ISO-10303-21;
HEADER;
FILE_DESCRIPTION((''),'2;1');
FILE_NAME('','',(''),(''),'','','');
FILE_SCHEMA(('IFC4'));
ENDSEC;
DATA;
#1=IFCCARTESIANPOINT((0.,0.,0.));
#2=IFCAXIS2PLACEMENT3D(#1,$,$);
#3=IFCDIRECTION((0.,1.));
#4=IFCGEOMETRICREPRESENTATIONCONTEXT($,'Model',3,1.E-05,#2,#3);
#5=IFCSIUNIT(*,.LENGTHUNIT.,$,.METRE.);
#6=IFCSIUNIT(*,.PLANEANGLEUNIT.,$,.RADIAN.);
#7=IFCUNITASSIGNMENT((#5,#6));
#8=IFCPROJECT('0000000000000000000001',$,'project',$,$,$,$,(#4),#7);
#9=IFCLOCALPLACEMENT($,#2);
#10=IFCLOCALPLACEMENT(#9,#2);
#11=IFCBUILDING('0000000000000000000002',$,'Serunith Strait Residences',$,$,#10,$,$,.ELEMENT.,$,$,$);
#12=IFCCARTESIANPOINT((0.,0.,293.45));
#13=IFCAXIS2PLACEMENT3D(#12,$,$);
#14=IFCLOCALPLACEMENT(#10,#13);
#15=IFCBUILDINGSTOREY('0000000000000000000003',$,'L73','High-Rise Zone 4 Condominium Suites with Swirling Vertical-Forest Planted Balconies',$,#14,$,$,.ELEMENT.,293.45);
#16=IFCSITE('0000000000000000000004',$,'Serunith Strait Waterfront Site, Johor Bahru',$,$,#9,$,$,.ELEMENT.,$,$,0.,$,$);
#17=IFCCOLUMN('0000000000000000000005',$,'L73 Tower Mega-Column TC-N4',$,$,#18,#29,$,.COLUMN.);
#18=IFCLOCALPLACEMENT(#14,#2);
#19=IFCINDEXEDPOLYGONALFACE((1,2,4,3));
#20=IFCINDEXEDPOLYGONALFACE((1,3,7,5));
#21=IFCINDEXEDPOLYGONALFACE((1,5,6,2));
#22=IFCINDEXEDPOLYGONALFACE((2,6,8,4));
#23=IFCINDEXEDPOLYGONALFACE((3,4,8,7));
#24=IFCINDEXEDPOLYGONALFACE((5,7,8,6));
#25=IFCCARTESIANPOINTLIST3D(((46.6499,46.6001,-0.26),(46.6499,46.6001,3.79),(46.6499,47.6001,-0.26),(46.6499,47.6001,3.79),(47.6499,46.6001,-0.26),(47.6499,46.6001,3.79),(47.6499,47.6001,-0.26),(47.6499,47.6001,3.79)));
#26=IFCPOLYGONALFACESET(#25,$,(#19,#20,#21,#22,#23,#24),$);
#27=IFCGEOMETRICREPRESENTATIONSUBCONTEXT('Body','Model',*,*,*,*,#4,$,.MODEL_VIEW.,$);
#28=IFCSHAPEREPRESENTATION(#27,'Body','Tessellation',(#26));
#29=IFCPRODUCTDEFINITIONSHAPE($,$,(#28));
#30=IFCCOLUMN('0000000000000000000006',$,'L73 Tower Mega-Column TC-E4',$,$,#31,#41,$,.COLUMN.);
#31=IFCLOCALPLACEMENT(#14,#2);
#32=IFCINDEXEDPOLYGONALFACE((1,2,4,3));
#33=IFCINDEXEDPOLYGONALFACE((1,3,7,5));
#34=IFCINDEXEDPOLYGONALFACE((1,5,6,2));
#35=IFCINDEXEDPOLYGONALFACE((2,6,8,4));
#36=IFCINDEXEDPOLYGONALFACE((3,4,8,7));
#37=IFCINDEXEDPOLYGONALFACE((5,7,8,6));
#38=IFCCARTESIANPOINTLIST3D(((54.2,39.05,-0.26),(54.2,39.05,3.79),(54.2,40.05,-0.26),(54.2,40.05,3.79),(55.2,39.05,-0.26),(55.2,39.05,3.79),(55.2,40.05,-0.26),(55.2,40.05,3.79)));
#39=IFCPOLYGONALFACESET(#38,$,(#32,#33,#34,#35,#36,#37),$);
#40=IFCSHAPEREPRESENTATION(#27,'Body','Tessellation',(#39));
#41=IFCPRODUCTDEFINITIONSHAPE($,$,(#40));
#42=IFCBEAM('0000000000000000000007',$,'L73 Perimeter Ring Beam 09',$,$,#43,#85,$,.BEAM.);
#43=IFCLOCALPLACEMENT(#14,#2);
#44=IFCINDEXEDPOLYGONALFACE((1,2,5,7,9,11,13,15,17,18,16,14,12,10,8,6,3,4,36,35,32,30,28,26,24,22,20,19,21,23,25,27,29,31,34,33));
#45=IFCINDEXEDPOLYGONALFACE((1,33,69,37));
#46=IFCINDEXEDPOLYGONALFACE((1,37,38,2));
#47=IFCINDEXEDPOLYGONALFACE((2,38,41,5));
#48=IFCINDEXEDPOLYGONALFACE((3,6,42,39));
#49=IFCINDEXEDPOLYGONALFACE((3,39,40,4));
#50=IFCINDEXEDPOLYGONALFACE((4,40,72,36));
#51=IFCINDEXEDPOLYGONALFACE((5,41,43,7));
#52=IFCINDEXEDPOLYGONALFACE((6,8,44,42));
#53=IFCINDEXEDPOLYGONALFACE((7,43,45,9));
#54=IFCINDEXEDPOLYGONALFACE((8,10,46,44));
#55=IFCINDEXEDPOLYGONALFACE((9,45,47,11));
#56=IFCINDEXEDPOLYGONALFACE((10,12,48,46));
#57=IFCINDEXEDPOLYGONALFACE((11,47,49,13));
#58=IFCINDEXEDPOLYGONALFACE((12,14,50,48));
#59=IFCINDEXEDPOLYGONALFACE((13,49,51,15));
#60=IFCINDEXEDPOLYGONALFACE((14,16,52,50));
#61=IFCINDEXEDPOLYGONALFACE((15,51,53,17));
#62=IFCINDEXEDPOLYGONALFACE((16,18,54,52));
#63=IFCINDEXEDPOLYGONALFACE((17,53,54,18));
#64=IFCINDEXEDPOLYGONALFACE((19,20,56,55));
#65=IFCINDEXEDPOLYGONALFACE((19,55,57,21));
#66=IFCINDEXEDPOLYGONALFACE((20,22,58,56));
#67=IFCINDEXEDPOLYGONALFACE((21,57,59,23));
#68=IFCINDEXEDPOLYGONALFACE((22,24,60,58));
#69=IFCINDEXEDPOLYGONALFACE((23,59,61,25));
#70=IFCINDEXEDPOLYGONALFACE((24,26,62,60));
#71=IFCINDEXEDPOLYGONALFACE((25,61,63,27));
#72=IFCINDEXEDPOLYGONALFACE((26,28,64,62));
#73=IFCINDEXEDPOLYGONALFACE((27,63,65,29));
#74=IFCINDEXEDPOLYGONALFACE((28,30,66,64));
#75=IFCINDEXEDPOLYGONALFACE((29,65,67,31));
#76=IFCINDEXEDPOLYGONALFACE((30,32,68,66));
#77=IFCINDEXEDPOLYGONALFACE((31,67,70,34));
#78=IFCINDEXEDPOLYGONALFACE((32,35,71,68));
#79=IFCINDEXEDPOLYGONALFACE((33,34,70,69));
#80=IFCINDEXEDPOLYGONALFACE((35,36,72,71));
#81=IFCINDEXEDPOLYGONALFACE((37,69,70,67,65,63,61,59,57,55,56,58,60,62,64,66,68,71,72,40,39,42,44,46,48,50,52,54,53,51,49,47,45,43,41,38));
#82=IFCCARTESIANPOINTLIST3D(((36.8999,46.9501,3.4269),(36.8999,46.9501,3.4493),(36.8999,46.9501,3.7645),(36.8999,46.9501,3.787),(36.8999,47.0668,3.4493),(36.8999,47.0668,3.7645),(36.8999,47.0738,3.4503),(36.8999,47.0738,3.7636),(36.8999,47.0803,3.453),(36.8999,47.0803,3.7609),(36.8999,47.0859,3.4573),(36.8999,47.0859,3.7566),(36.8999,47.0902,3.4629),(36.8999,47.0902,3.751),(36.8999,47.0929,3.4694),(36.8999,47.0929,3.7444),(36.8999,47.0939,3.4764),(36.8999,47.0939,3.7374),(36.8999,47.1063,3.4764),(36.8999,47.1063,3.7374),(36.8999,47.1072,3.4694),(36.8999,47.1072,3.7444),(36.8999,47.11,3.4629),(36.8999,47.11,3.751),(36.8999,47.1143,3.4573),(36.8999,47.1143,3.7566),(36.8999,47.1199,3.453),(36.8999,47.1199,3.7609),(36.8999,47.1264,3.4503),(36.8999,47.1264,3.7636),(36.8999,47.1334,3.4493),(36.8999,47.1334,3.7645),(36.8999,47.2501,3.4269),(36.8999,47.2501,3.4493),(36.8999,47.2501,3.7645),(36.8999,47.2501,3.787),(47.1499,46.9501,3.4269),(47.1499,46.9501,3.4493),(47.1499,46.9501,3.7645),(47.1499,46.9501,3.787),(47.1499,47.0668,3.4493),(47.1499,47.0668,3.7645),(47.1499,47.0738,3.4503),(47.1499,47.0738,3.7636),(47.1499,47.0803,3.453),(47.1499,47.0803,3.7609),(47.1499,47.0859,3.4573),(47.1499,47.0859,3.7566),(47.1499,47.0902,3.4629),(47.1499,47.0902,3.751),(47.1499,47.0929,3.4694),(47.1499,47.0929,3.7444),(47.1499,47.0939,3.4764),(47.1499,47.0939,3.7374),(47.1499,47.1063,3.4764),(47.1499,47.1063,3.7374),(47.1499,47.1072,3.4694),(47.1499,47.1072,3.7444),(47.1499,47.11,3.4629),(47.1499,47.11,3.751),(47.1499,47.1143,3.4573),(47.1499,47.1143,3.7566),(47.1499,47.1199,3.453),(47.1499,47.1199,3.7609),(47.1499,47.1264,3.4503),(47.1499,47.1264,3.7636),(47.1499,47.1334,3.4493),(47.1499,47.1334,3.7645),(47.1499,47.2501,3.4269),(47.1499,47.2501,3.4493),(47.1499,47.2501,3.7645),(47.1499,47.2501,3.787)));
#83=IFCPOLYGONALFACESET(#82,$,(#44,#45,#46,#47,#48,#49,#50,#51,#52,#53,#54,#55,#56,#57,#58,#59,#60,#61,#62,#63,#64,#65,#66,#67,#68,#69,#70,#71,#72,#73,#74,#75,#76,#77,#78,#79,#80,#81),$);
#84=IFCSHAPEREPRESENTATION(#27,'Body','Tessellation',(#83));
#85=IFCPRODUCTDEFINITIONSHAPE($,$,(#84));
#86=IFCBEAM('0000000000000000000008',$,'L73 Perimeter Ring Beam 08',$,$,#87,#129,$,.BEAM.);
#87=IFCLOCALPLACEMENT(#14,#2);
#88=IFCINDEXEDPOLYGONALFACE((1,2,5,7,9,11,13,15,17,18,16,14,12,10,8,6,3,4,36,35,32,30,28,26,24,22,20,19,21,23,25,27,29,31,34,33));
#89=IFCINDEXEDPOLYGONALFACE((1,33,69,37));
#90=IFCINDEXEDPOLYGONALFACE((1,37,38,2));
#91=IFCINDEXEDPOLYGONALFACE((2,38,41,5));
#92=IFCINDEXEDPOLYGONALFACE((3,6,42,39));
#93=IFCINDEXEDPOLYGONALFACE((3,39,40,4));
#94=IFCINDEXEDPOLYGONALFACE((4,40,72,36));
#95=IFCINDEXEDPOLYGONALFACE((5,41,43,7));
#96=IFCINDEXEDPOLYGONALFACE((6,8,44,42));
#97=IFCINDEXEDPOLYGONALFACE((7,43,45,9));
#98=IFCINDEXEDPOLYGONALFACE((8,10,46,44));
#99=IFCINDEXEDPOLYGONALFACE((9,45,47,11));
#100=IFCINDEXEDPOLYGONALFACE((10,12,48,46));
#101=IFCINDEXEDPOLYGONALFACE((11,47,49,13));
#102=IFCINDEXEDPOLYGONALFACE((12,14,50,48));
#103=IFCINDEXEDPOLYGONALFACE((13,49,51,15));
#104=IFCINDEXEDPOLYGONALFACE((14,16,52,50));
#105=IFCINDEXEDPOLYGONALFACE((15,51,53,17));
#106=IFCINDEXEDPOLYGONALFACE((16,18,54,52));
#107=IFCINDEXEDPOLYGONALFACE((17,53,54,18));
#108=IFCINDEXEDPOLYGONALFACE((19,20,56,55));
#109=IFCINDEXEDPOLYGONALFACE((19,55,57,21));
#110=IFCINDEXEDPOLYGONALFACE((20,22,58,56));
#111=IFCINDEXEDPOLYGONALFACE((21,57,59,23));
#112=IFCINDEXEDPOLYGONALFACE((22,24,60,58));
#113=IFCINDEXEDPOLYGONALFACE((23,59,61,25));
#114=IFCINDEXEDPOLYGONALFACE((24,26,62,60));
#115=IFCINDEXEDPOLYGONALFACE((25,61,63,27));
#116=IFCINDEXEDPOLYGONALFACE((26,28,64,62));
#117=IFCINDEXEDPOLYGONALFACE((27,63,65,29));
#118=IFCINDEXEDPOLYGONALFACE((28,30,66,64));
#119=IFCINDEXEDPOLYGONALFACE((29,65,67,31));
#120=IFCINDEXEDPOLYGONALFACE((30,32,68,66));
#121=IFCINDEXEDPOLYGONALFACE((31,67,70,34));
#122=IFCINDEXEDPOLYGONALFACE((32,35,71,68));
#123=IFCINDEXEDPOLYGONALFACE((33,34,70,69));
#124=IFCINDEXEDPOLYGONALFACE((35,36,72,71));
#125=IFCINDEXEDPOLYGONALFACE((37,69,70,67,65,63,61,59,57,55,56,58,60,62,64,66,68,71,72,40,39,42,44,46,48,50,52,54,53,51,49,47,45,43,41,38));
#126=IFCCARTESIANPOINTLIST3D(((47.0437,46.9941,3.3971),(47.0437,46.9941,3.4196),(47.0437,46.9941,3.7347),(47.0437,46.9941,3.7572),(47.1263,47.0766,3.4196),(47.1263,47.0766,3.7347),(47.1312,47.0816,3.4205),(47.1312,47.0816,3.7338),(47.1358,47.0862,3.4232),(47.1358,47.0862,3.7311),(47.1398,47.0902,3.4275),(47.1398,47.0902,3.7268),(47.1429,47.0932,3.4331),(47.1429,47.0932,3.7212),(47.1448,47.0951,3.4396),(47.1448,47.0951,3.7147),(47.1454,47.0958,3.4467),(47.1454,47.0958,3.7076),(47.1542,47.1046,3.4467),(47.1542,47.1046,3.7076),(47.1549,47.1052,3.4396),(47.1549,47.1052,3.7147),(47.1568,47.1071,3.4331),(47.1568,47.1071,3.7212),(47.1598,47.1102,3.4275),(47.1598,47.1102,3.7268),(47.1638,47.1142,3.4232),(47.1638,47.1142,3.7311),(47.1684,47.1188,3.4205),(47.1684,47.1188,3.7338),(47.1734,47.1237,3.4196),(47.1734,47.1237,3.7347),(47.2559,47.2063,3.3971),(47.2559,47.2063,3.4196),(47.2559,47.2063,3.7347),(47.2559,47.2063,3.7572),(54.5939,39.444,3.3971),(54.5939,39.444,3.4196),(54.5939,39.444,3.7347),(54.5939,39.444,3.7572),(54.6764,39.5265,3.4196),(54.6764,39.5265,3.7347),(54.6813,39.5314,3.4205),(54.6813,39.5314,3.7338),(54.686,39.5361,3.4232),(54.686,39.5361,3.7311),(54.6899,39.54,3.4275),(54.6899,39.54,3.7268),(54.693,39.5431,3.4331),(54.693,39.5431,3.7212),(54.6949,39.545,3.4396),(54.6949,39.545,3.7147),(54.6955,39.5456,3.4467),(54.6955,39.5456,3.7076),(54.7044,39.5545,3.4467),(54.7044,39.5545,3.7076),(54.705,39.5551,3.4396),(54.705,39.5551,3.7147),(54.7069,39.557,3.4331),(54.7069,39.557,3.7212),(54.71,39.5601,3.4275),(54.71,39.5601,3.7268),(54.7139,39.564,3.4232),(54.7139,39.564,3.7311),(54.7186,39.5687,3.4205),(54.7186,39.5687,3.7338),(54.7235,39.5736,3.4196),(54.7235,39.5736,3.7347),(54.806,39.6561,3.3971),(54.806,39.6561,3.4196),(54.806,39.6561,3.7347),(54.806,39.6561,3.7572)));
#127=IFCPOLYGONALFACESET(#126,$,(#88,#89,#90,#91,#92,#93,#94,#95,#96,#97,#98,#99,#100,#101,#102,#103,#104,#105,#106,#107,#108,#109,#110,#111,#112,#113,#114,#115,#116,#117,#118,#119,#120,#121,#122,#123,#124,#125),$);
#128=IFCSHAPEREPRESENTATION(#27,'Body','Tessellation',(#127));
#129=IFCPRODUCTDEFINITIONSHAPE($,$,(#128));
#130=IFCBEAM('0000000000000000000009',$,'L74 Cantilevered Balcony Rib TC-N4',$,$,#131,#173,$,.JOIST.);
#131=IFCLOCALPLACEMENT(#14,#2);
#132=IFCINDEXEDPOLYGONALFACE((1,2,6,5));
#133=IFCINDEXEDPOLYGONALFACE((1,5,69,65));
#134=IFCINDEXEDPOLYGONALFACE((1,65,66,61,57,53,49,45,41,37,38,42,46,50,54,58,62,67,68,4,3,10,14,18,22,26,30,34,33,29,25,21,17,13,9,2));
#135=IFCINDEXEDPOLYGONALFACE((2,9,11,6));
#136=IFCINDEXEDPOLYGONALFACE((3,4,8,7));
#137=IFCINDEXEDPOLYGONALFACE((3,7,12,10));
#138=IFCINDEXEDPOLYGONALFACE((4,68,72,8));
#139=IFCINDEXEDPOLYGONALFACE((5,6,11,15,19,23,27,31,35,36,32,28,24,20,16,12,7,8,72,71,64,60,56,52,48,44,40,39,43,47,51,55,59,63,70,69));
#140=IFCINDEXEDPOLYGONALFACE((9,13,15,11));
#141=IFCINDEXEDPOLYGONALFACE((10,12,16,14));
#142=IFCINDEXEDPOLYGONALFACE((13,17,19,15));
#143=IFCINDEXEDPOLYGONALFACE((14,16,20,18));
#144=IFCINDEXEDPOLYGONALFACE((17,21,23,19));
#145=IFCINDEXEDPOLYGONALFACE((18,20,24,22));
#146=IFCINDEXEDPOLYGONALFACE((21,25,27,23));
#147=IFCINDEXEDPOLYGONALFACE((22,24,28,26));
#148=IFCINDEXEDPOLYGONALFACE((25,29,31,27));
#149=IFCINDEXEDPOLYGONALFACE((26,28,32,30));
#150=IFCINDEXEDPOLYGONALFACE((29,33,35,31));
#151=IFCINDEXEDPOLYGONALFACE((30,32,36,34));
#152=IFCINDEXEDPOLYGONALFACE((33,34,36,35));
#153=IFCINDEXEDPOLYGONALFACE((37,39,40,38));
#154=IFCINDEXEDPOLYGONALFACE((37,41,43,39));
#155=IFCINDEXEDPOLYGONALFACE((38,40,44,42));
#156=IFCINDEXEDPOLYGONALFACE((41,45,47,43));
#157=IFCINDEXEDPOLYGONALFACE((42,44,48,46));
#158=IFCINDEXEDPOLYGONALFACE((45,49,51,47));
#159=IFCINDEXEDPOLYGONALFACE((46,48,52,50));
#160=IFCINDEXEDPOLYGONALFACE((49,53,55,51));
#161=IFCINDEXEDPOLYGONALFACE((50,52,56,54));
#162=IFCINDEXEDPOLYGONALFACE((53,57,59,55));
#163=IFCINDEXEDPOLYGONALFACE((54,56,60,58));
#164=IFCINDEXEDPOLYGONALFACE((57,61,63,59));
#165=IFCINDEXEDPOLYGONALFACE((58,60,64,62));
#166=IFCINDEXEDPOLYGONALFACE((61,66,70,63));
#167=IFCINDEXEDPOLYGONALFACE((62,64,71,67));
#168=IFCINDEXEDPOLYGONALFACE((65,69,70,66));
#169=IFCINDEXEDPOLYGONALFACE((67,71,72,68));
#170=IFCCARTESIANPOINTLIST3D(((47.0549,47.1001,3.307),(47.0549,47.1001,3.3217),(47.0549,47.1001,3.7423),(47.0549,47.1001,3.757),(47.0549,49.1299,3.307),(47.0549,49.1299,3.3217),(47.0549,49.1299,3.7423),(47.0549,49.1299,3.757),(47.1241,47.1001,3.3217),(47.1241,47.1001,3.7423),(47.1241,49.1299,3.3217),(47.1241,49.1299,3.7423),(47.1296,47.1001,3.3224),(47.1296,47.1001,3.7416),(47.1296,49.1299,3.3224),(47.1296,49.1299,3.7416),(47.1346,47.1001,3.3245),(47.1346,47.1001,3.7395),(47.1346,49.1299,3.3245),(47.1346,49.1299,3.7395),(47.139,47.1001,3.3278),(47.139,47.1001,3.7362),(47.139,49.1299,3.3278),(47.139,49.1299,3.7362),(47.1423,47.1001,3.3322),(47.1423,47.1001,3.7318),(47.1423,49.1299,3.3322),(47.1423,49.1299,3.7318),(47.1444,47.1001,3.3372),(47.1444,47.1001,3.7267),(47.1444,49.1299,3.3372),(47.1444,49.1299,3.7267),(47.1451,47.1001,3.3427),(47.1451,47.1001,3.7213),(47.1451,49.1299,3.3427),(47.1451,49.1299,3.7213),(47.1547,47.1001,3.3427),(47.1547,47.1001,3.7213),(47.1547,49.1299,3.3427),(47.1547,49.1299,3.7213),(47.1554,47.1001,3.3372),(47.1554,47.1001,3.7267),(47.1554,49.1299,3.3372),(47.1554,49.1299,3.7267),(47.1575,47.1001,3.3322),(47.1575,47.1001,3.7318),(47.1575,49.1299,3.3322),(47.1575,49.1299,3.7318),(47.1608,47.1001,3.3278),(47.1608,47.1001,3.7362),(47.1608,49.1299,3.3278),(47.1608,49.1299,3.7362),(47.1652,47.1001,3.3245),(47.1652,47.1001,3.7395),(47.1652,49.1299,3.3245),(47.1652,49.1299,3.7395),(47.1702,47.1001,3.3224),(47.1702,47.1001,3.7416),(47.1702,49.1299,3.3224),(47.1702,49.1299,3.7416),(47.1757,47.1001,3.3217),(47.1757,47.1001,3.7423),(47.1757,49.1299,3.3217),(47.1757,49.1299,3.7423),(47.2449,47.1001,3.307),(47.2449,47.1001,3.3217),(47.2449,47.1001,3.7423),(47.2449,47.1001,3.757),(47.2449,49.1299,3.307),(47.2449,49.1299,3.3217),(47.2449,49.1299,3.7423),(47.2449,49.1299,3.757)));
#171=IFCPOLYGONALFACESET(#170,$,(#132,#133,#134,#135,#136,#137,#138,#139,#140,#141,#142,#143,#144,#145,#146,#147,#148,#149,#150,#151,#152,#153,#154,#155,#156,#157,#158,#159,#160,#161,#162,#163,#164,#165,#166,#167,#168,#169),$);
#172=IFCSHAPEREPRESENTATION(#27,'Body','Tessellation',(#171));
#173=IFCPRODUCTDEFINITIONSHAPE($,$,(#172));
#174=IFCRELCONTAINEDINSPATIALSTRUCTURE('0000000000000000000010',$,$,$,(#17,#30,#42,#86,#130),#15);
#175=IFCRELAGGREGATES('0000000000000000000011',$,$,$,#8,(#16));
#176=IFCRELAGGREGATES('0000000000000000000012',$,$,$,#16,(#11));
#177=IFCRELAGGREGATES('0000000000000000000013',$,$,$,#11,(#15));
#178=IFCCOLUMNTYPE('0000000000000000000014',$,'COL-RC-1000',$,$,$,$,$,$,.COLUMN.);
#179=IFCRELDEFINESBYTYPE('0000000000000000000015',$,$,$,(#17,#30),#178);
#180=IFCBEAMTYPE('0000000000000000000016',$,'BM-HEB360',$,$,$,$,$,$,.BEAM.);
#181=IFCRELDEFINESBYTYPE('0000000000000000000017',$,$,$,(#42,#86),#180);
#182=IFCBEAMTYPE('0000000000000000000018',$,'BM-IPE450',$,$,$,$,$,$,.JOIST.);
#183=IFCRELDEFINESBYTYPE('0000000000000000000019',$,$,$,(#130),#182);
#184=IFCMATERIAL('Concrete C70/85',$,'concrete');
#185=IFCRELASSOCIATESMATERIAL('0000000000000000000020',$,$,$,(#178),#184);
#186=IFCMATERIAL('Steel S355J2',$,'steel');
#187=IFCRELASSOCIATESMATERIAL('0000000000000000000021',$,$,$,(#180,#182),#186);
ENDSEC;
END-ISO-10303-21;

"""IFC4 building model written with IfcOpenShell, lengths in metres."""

from ifc_helpers import new_model, si_unit, direction, frame, origin, origin_2d, place, context, subcontext, project, spatial, rectangle, i_section, extrude, source, transform, mapped, material, material_profile, profile_set, type_object, element, save


model = new_model("IFC4")

# Units and contexts
model_context = context("Model", 3, precision=1e-05, world=origin(), true_north=direction((0.0, 1.0)))
body_context = subcontext(model_context, "Body", "Model", "MODEL_VIEW")
ifc_project = project(units=[si_unit("LENGTHUNIT", "METRE"), si_unit("PLANEANGLEUNIT", "RADIAN")], contexts=[model_context])

# Site, building, storey
site_placement = place(None, origin())
site = spatial("IfcSite", under=ifc_project, at=site_placement, Name="Serunith Strait Waterfront Site, Johor Bahru", CompositionType="ELEMENT", RefElevation=0.0)
building_placement = place(site_placement, origin())
building = spatial("IfcBuilding", under=site, at=building_placement, Name="Serunith Strait Residences", CompositionType="ELEMENT")
storey_placement = place(building_placement, frame((0.0, 0.0, 293.45)))
storey = spatial("IfcBuildingStorey", under=building, at=storey_placement, Name="L73", Description="High-Rise Zone 4 Condominium Suites with Swirling Vertical-Forest Planted Balconies", CompositionType="ELEMENT", Elevation=293.45)

# Columns
ifc_material_1 = material(Name="Concrete C70/85", Category="concrete")
ifc_material_profile_1 = material_profile(ifc_material_1, rectangle(XDim=1.0, YDim=1.0, at=origin_2d()), Name="RC 1000x1000")
ifc_profile_set_1 = profile_set([ifc_material_profile_1], Name="Concrete C70/85")
column_type = type_object("IfcColumnType", Name="COL-RC-1000", PredefinedType="COLUMN", material=ifc_profile_set_1)
shared_shape_1 = source(origin(), body_context, "Body", "SweptSolid", [
    extrude(rectangle(XDim=1.0, YDim=1.0, at=origin_2d()), origin(), (0.0, 0.0, 1.0), 4.05),
])
for number, where, z_axis, x_axis, name in (
    (1, (47.1499, 47.1001, -0.26), (0.0, 0.0, 1.0), (1.0, 0.0, 0.0), "L73 Tower Mega-Column TC-N4"),
    (2, (54.7, 39.55, -0.26), (0.0, 0.0, 1.0), (1.0, 0.0, 0.0), "L73 Tower Mega-Column TC-E4"),
):
    element("IfcColumn", number, at=place(storey_placement, frame(where, z_axis=z_axis, x_axis=x_axis)), inside=storey, type_object=column_type, Name=name, PredefinedType="COLUMN", context=body_context, shape_type="MappedRepresentation", body=[
        mapped(shared_shape_1, transform((0.0, 0.0, 0.0), scale=1.0)),
    ])

# Beams
ifc_material_2 = material(Name="Steel S355J2", Category="steel")
ifc_material_profile_2 = material_profile(ifc_material_2, i_section(OverallWidth=0.3, OverallDepth=0.3601, WebThickness=0.0125, FlangeThickness=0.0225, FilletRadius=0.0271, at=origin_2d()), Name="HEB 360")
ifc_profile_set_2 = profile_set([ifc_material_profile_2], Name="Steel S355J2")
beam_type_1 = type_object("IfcBeamType", Name="BM-HEB360", PredefinedType="BEAM", material=ifc_profile_set_2)
shared_shape_2 = source(origin(), body_context, "Body", "SweptSolid", [
    extrude(i_section(OverallWidth=0.3, OverallDepth=0.3601, WebThickness=0.0125, FlangeThickness=0.0225, FilletRadius=0.0271, at=origin_2d()), origin(), (0.0, 0.0, 1.0), 10.25),
])
beam_1_placement = place(storey_placement, frame((47.1499, 47.1001, 3.6069), z_axis=(-1.0, 0.0, 0.0), x_axis=(0.0, -1.0, 0.0)))
element("IfcBeam", 3, at=beam_1_placement, inside=storey, type_object=beam_type_1, Name="L73 Perimeter Ring Beam 09", PredefinedType="BEAM", context=body_context, shape_type="MappedRepresentation", body=[
    mapped(shared_shape_2, transform((0.0, 0.0, 0.0), scale=1.0)),
])
shared_shape_3 = source(origin(), body_context, "Body", "SweptSolid", [
    extrude(i_section(OverallWidth=0.3, OverallDepth=0.3601, WebThickness=0.0125, FlangeThickness=0.0225, FilletRadius=0.0271, at=origin_2d()), origin(), (0.0, 0.0, 1.0), 10.6775),
])
beam_2_placement = place(storey_placement, frame((54.7, 39.55, 3.5771), z_axis=(-0.707107, 0.707107, 0.0), x_axis=(-0.707107, -0.707107, 0.0)))
element("IfcBeam", 4, at=beam_2_placement, inside=storey, type_object=beam_type_1, Name="L73 Perimeter Ring Beam 08", PredefinedType="BEAM", context=body_context, shape_type="MappedRepresentation", body=[
    mapped(shared_shape_3, transform((0.0, 0.0, 0.0), scale=1.0)),
])
ifc_material_profile_3 = material_profile(ifc_material_2, i_section(OverallWidth=0.1899, OverallDepth=0.45, WebThickness=0.0095, FlangeThickness=0.0146, FilletRadius=0.021, at=origin_2d()), Name="IPE 450")
ifc_profile_set_3 = profile_set([ifc_material_profile_3], Name="Steel S355J2")
beam_type_2 = type_object("IfcBeamType", Name="BM-IPE450", PredefinedType="JOIST", material=ifc_profile_set_3)
shared_shape_4 = source(origin(), body_context, "Body", "SweptSolid", [
    extrude(i_section(OverallWidth=0.1899, OverallDepth=0.45, WebThickness=0.0095, FlangeThickness=0.0146, FilletRadius=0.021, at=origin_2d()), origin(), (0.0, 0.0, 1.0), 2.0298),
])
beam_3_placement = place(storey_placement, frame((47.1499, 47.1001, 3.532), z_axis=(0.0, 1.0, 0.0), x_axis=(-1.0, 0.0, 0.0)))
element("IfcBeam", 5, at=beam_3_placement, inside=storey, type_object=beam_type_2, Name="L74 Cantilevered Balcony Rib TC-N4", PredefinedType="JOIST", context=body_context, shape_type="MappedRepresentation", body=[
    mapped(shared_shape_4, transform((0.0, 0.0, 0.0), scale=1.0)),
])

save(model, "model.ifc")
